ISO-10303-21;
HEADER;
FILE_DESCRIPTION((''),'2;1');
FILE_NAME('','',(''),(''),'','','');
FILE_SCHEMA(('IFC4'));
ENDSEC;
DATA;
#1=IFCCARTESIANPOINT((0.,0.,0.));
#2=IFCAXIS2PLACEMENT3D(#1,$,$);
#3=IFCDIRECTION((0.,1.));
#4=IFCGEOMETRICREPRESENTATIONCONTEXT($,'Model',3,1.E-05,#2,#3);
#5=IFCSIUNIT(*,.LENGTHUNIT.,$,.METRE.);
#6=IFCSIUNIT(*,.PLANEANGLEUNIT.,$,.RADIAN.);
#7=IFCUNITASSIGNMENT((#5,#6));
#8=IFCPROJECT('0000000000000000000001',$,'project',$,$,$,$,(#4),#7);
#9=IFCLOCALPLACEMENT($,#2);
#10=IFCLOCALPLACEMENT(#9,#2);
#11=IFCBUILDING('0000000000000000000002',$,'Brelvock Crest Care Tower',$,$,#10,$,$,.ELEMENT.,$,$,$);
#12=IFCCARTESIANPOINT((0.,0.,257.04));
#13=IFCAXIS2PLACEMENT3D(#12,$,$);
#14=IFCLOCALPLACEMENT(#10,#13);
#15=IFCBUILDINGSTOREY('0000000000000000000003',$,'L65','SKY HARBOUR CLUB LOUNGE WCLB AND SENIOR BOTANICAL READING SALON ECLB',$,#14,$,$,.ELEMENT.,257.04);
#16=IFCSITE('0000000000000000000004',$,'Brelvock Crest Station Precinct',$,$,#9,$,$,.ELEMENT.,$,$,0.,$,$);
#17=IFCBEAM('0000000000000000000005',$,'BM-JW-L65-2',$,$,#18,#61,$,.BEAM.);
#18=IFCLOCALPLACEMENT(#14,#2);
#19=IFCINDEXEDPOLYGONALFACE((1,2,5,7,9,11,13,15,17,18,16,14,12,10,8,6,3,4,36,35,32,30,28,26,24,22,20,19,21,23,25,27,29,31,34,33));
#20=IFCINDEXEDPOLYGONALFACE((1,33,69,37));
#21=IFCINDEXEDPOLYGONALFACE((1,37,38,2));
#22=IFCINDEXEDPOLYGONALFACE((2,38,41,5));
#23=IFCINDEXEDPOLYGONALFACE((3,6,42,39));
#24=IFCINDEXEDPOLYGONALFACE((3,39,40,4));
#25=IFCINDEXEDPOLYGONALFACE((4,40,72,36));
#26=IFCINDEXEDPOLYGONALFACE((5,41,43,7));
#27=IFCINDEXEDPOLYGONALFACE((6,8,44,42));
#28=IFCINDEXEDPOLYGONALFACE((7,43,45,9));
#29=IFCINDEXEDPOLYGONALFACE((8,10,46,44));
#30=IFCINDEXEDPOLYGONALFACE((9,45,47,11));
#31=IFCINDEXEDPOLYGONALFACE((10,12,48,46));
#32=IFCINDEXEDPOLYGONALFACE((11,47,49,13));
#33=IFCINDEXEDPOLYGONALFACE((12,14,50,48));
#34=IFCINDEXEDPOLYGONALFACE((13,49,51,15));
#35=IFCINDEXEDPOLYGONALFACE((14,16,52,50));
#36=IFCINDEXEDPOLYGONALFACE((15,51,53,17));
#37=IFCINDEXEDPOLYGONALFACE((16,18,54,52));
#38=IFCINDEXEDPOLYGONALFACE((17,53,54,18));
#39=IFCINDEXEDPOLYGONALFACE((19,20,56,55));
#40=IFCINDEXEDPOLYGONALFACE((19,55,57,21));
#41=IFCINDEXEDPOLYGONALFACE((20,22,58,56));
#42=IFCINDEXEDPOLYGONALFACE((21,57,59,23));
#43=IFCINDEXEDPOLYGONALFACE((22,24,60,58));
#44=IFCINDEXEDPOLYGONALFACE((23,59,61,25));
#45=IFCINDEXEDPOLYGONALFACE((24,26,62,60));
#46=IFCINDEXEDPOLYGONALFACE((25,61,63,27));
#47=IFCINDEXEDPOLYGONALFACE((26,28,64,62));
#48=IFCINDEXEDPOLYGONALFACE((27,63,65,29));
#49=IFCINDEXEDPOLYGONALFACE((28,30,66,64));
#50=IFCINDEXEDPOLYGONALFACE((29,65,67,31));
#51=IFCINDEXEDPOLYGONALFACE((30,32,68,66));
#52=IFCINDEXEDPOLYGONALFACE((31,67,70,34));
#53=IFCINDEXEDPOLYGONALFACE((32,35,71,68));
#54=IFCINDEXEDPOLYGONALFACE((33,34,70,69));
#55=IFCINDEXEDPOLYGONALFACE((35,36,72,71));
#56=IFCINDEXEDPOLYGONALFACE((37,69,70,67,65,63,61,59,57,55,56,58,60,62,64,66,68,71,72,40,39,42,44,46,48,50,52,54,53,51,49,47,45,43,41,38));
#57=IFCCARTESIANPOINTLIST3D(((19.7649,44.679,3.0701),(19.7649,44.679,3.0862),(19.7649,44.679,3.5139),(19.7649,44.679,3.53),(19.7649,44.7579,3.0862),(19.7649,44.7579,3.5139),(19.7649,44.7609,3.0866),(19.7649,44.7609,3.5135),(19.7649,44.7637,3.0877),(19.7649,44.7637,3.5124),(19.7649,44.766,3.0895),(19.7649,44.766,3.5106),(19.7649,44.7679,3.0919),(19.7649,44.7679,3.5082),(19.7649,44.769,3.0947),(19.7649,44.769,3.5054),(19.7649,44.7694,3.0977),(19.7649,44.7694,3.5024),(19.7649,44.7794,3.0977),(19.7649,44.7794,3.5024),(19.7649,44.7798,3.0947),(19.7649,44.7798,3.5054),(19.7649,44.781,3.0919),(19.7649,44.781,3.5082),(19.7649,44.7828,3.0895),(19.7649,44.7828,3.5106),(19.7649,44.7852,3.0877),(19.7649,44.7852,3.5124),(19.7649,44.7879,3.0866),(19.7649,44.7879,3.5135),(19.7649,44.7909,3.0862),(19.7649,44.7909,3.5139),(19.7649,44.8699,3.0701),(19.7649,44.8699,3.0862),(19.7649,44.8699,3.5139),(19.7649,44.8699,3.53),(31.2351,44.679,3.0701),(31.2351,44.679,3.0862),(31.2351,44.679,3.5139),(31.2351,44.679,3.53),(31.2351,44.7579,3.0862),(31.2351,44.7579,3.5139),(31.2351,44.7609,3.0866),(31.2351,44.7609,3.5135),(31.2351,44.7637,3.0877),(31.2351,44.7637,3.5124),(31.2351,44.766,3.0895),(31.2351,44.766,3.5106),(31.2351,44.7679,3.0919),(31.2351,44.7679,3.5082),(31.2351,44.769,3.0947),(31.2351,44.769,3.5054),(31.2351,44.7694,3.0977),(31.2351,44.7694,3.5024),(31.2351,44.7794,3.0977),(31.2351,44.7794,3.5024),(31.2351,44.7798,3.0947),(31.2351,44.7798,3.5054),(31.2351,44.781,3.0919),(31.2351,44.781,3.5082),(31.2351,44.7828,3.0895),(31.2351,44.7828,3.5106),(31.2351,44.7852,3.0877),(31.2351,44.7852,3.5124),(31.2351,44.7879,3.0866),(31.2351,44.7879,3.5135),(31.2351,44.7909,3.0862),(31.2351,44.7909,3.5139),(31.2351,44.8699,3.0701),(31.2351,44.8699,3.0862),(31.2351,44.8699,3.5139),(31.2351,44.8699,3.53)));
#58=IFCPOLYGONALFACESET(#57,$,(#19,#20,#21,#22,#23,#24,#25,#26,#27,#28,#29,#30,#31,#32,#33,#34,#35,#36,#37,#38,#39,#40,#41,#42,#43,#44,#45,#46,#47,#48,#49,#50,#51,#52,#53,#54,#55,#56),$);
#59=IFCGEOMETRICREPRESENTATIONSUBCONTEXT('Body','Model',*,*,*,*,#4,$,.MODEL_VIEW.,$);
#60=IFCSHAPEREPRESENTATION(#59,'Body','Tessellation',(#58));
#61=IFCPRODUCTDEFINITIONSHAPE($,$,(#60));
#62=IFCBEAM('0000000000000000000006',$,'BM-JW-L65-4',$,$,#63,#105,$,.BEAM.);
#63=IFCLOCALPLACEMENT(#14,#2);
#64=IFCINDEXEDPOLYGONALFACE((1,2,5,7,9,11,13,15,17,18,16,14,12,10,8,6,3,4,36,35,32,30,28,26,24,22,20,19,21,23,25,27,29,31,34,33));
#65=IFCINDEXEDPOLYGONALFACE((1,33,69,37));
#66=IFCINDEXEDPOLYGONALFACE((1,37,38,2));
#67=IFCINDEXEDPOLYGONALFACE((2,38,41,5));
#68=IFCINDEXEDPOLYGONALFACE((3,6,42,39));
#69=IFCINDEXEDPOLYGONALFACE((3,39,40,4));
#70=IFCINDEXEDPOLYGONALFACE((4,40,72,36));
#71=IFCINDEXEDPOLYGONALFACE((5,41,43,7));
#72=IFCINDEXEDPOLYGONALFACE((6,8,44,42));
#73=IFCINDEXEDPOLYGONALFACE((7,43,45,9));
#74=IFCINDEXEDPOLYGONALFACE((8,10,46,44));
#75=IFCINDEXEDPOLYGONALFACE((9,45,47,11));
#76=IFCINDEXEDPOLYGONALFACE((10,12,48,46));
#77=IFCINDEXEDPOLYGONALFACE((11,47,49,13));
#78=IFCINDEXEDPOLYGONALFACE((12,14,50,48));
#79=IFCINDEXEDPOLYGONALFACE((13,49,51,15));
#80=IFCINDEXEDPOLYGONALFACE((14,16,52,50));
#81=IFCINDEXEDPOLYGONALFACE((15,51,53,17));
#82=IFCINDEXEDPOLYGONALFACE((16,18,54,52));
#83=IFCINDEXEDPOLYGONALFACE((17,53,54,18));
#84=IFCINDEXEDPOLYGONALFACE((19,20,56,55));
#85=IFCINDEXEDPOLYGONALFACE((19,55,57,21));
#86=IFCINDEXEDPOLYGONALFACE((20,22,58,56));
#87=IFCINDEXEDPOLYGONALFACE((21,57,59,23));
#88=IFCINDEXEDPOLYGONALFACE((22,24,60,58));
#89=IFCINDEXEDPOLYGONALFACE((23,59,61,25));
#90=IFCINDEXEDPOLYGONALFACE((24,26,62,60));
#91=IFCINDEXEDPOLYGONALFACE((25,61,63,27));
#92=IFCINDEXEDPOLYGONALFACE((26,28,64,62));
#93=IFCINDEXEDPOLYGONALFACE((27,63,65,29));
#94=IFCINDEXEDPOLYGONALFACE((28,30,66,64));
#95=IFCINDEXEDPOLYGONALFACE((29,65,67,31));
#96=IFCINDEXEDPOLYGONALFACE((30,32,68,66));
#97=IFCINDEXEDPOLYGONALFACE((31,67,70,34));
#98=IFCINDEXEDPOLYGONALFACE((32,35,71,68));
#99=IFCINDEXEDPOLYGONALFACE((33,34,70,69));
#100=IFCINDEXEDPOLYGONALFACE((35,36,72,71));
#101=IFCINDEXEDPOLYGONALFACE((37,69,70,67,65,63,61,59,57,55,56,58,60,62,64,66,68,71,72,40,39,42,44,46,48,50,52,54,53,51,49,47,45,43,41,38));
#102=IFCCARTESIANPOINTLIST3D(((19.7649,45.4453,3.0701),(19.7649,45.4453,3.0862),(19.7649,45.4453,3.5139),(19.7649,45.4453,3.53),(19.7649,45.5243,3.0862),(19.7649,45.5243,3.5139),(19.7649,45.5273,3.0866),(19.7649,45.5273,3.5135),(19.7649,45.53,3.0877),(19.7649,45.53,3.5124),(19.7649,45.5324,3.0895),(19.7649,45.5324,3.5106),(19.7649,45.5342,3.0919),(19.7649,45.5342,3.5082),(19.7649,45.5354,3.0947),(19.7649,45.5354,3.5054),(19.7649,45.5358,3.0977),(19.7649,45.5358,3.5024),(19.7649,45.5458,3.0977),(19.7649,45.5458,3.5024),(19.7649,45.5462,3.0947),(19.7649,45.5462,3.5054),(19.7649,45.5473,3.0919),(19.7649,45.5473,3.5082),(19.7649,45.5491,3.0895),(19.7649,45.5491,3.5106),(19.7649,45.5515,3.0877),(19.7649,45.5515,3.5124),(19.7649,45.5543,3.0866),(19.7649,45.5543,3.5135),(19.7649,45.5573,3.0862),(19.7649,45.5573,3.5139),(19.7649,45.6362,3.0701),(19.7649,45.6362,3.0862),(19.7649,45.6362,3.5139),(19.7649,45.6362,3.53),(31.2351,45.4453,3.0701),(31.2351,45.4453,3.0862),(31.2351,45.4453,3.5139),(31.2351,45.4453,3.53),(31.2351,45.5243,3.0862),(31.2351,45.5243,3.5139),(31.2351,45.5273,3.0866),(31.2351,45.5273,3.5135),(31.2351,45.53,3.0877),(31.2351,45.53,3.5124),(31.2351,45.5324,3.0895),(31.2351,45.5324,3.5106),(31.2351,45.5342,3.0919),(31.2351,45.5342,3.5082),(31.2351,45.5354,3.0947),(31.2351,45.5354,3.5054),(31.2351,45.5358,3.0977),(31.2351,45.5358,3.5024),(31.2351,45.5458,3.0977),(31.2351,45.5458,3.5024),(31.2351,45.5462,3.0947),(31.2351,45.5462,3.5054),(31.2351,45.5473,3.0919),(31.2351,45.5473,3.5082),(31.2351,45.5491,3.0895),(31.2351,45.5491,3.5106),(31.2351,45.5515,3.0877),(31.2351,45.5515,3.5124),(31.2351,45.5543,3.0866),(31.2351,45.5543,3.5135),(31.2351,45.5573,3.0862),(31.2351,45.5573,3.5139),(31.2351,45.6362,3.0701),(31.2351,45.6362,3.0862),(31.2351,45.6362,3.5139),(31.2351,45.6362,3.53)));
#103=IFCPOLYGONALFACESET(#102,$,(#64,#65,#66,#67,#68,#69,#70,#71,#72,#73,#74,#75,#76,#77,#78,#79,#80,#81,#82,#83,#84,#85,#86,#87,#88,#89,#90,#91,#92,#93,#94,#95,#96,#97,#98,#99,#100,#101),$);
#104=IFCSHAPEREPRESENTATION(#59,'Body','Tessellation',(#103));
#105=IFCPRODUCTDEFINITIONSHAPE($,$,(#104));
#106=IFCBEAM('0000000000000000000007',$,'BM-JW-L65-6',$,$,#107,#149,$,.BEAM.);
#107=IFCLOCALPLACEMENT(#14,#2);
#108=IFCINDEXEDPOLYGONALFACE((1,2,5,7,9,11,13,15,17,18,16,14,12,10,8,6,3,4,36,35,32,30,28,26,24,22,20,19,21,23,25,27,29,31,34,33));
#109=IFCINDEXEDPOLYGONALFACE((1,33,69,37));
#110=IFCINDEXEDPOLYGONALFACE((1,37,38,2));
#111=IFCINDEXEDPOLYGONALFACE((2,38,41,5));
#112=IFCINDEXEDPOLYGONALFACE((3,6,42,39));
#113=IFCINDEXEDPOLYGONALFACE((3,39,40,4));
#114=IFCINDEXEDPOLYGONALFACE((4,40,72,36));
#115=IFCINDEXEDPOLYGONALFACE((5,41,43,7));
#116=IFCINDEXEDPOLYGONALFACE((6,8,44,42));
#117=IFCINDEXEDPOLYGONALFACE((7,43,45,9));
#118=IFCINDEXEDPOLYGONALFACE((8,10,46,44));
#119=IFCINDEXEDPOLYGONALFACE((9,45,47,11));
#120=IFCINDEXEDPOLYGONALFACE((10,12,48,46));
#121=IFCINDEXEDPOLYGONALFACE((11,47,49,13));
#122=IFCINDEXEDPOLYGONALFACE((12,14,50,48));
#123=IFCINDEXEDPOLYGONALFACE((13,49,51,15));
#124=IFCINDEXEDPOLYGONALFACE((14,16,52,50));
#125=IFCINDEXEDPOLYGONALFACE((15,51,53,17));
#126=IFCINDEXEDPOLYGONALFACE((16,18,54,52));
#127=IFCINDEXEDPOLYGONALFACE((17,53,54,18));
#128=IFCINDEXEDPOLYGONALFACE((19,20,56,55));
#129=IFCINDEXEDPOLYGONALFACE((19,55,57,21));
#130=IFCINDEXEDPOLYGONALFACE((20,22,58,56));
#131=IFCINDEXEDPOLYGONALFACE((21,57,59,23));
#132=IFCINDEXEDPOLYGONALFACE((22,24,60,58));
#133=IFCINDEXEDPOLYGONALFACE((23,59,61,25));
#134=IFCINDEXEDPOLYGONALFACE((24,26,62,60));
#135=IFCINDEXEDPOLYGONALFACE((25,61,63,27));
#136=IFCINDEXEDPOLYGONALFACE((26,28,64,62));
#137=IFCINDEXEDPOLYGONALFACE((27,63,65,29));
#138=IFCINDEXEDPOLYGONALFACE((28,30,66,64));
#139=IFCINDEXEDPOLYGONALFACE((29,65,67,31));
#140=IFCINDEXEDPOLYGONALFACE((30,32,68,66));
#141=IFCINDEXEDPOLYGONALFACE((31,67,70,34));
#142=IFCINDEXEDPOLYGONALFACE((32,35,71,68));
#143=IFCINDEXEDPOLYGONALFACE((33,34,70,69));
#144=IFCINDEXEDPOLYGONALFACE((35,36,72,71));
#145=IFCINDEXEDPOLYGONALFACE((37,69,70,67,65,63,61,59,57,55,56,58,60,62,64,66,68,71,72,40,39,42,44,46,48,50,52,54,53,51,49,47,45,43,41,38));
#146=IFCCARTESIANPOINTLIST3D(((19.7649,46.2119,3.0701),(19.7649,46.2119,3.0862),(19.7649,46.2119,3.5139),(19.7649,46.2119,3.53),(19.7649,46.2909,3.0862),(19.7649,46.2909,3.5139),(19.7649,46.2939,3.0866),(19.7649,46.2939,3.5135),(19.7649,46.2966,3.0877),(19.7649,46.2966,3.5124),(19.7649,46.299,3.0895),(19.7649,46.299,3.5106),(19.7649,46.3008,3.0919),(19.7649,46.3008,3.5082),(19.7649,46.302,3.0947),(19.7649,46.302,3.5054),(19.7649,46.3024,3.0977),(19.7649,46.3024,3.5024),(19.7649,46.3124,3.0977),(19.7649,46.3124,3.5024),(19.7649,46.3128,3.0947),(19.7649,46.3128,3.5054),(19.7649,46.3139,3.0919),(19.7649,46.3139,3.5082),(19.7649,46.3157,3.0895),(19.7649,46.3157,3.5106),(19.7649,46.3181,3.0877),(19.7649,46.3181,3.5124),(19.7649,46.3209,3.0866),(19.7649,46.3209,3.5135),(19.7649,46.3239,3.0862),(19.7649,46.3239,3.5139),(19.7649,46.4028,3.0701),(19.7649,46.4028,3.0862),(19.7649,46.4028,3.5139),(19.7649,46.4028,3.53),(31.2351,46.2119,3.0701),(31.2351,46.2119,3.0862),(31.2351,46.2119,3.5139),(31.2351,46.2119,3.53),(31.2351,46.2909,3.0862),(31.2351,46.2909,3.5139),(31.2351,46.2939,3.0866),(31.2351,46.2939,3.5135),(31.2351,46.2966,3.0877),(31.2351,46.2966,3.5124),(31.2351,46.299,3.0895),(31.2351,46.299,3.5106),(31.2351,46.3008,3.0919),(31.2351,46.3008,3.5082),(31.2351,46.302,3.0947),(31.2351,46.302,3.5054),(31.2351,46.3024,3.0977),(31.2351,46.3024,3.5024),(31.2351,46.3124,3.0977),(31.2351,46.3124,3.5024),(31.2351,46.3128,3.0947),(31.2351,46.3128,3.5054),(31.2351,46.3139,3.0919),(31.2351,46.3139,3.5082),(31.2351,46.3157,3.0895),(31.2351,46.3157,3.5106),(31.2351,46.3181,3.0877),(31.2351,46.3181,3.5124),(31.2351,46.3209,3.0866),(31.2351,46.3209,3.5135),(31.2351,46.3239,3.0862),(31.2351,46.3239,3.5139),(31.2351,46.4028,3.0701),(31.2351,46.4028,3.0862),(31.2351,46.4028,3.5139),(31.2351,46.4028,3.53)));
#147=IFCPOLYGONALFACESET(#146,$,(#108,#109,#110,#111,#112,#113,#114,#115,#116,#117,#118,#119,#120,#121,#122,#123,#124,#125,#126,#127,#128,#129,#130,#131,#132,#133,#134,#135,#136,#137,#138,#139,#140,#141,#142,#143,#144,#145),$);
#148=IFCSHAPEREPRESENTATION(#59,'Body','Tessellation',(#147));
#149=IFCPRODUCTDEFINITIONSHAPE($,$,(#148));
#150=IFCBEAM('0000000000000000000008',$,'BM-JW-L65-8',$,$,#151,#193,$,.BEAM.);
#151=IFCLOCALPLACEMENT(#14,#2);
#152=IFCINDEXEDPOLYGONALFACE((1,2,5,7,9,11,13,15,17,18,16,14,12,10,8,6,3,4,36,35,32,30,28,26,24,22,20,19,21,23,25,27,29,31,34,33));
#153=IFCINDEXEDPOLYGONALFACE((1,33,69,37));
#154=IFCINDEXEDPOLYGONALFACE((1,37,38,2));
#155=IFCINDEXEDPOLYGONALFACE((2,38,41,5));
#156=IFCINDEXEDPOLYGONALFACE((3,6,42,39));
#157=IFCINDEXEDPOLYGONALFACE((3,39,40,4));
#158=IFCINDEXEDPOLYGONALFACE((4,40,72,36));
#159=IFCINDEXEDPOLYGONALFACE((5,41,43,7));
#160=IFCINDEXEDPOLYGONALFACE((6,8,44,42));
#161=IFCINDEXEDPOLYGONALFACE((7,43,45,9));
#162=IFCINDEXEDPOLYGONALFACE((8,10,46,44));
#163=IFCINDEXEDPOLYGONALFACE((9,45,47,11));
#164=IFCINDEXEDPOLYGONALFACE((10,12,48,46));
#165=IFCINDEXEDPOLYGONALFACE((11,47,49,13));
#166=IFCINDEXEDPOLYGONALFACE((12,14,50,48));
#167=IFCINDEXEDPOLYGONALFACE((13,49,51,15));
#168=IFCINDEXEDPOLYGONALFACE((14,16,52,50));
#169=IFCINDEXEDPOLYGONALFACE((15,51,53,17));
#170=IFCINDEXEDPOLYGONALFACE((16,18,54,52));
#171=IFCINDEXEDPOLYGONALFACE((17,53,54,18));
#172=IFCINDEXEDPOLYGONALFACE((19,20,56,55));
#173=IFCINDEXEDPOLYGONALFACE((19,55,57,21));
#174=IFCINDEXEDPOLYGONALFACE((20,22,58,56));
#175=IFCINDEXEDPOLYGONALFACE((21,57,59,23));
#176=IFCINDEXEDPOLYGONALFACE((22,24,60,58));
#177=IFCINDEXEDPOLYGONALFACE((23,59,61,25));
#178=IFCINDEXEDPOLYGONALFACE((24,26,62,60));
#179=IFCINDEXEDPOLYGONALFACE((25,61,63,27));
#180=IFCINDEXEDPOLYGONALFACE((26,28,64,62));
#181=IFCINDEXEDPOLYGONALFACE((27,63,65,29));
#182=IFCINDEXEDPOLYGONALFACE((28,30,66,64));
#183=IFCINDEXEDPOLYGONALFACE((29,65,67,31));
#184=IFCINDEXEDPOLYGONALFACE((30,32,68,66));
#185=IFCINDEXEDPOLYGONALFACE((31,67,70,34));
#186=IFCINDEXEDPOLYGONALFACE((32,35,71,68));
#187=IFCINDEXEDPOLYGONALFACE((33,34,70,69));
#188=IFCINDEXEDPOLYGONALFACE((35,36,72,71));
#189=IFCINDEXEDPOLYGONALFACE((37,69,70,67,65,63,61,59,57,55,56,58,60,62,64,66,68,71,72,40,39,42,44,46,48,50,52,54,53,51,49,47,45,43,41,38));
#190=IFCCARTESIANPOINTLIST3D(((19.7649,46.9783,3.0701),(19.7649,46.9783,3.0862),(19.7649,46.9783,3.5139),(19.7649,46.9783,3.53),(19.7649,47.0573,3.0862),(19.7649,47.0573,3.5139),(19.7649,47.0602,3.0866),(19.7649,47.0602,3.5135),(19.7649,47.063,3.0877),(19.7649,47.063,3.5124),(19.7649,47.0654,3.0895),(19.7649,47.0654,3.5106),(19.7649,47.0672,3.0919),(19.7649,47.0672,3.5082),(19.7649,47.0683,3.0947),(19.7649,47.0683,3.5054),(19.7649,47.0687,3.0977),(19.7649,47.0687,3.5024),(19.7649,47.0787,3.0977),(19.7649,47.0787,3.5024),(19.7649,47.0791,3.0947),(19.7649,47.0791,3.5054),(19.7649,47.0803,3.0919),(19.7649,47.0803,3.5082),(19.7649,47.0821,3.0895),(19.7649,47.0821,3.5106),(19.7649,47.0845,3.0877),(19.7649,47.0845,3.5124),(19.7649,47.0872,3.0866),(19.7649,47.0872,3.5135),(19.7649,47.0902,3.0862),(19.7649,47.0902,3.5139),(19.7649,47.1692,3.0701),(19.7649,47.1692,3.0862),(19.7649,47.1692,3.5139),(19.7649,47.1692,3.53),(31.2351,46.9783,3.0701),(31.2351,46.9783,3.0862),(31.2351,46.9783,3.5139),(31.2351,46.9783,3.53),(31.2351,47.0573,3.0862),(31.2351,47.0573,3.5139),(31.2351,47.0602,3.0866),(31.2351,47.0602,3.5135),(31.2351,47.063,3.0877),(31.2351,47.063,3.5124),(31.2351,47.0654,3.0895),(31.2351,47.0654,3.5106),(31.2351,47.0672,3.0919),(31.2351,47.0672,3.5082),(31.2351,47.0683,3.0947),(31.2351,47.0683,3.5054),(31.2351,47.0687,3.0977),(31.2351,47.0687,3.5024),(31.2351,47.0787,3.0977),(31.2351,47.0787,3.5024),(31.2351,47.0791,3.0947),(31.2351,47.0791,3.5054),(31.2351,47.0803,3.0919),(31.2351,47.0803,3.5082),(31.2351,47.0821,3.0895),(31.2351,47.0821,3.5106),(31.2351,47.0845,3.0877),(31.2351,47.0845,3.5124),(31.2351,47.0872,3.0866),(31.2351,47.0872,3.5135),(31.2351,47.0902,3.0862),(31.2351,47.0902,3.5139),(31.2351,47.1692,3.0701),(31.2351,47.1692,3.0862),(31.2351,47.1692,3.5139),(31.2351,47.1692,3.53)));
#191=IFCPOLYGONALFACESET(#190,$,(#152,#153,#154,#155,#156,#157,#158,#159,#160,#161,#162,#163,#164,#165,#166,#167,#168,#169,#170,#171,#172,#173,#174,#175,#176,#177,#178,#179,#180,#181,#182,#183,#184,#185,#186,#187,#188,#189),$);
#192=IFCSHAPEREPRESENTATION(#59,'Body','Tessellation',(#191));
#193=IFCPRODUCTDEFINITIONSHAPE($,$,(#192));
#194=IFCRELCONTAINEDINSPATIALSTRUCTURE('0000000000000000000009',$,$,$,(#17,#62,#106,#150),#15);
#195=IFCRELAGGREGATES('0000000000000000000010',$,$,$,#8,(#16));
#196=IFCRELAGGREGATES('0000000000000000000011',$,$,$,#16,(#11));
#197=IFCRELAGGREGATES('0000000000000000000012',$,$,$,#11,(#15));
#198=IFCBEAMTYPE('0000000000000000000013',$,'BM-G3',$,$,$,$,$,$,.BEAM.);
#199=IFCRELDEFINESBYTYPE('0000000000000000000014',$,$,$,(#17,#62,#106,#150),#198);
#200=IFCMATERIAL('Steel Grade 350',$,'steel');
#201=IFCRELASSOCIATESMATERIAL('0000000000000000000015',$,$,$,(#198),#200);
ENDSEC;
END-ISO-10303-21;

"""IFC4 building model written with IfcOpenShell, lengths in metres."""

from ifc_helpers import new_model, si_unit, direction, frame, origin, origin_2d, place, context, subcontext, project, spatial, i_section, extrude, source, transform, mapped, material, material_profile, profile_set, type_object, element, save


model = new_model("IFC4")

# Units and contexts
model_context = context("Model", 3, precision=1e-05, world=origin(), true_north=direction((0.0, 1.0)))
body_context = subcontext(model_context, "Body", "Model", "MODEL_VIEW")
ifc_project = project(units=[si_unit("LENGTHUNIT", "METRE"), si_unit("PLANEANGLEUNIT", "RADIAN")], contexts=[model_context])

# Site, building, storey
site_placement = place(None, origin())
site = spatial("IfcSite", under=ifc_project, at=site_placement, Name="Brelvock Crest Station Precinct", CompositionType="ELEMENT", RefElevation=0.0)
building_placement = place(site_placement, origin())
building = spatial("IfcBuilding", under=site, at=building_placement, Name="Brelvock Crest Care Tower", CompositionType="ELEMENT")
storey_placement = place(building_placement, frame((0.0, 0.0, 257.04)))
storey = spatial("IfcBuildingStorey", under=building, at=storey_placement, Name="L65", Description="SKY HARBOUR CLUB LOUNGE WCLB AND SENIOR BOTANICAL READING SALON ECLB", CompositionType="ELEMENT", Elevation=257.04)

# Beams
ifc_material_1 = material(Name="Steel Grade 350", Category="steel")
ifc_material_profile_1 = material_profile(ifc_material_1, i_section(OverallWidth=0.1909, OverallDepth=0.46, WebThickness=0.01, FlangeThickness=0.0161, FilletRadius=0.0115, at=origin_2d()), Name="460UB82.1")
ifc_profile_set_1 = profile_set([ifc_material_profile_1], Name="Steel Grade 350")
beam_type_1 = type_object("IfcBeamType", Name="BM-G3", PredefinedType="BEAM", material=ifc_profile_set_1)
shared_shape_1 = source(origin(), body_context, "Body", "SweptSolid", [
    extrude(i_section(OverallWidth=0.1909, OverallDepth=0.46, WebThickness=0.01, FlangeThickness=0.0161, FilletRadius=0.0115, at=origin_2d()), origin(), (0.0, 0.0, 1.0), 11.4702),
])
for number, where, z_axis, x_axis, name in (
    (1, (19.7649, 44.7744, 3.3), (1.0, 0.0, 0.0), (0.0, 1.0, 0.0), "BM-JW-L65-2"),
    (2, (19.7649, 45.5408, 3.3), (1.0, 0.0, 0.0), (0.0, 1.0, 0.0), "BM-JW-L65-4"),
    (3, (19.7649, 46.3074, 3.3), (1.0, 0.0, 0.0), (0.0, 1.0, 0.0), "BM-JW-L65-6"),
    (4, (19.7649, 47.0737, 3.3), (1.0, 0.0, 0.0), (0.0, 1.0, 0.0), "BM-JW-L65-8"),
):
    element("IfcBeam", number, at=place(storey_placement, frame(where, z_axis=z_axis, x_axis=x_axis)), inside=storey, type_object=beam_type_1, Name=name, PredefinedType="BEAM", context=body_context, shape_type="MappedRepresentation", body=[
        mapped(shared_shape_1, transform((0.0, 0.0, 0.0), x_axis=(1.0, 0.0, 0.0), y_axis=(0.0, 1.0, 0.0), z_axis=(0.0, 0.0, 1.0), scale=1.0)),
    ])

save(model, "model.ifc")
